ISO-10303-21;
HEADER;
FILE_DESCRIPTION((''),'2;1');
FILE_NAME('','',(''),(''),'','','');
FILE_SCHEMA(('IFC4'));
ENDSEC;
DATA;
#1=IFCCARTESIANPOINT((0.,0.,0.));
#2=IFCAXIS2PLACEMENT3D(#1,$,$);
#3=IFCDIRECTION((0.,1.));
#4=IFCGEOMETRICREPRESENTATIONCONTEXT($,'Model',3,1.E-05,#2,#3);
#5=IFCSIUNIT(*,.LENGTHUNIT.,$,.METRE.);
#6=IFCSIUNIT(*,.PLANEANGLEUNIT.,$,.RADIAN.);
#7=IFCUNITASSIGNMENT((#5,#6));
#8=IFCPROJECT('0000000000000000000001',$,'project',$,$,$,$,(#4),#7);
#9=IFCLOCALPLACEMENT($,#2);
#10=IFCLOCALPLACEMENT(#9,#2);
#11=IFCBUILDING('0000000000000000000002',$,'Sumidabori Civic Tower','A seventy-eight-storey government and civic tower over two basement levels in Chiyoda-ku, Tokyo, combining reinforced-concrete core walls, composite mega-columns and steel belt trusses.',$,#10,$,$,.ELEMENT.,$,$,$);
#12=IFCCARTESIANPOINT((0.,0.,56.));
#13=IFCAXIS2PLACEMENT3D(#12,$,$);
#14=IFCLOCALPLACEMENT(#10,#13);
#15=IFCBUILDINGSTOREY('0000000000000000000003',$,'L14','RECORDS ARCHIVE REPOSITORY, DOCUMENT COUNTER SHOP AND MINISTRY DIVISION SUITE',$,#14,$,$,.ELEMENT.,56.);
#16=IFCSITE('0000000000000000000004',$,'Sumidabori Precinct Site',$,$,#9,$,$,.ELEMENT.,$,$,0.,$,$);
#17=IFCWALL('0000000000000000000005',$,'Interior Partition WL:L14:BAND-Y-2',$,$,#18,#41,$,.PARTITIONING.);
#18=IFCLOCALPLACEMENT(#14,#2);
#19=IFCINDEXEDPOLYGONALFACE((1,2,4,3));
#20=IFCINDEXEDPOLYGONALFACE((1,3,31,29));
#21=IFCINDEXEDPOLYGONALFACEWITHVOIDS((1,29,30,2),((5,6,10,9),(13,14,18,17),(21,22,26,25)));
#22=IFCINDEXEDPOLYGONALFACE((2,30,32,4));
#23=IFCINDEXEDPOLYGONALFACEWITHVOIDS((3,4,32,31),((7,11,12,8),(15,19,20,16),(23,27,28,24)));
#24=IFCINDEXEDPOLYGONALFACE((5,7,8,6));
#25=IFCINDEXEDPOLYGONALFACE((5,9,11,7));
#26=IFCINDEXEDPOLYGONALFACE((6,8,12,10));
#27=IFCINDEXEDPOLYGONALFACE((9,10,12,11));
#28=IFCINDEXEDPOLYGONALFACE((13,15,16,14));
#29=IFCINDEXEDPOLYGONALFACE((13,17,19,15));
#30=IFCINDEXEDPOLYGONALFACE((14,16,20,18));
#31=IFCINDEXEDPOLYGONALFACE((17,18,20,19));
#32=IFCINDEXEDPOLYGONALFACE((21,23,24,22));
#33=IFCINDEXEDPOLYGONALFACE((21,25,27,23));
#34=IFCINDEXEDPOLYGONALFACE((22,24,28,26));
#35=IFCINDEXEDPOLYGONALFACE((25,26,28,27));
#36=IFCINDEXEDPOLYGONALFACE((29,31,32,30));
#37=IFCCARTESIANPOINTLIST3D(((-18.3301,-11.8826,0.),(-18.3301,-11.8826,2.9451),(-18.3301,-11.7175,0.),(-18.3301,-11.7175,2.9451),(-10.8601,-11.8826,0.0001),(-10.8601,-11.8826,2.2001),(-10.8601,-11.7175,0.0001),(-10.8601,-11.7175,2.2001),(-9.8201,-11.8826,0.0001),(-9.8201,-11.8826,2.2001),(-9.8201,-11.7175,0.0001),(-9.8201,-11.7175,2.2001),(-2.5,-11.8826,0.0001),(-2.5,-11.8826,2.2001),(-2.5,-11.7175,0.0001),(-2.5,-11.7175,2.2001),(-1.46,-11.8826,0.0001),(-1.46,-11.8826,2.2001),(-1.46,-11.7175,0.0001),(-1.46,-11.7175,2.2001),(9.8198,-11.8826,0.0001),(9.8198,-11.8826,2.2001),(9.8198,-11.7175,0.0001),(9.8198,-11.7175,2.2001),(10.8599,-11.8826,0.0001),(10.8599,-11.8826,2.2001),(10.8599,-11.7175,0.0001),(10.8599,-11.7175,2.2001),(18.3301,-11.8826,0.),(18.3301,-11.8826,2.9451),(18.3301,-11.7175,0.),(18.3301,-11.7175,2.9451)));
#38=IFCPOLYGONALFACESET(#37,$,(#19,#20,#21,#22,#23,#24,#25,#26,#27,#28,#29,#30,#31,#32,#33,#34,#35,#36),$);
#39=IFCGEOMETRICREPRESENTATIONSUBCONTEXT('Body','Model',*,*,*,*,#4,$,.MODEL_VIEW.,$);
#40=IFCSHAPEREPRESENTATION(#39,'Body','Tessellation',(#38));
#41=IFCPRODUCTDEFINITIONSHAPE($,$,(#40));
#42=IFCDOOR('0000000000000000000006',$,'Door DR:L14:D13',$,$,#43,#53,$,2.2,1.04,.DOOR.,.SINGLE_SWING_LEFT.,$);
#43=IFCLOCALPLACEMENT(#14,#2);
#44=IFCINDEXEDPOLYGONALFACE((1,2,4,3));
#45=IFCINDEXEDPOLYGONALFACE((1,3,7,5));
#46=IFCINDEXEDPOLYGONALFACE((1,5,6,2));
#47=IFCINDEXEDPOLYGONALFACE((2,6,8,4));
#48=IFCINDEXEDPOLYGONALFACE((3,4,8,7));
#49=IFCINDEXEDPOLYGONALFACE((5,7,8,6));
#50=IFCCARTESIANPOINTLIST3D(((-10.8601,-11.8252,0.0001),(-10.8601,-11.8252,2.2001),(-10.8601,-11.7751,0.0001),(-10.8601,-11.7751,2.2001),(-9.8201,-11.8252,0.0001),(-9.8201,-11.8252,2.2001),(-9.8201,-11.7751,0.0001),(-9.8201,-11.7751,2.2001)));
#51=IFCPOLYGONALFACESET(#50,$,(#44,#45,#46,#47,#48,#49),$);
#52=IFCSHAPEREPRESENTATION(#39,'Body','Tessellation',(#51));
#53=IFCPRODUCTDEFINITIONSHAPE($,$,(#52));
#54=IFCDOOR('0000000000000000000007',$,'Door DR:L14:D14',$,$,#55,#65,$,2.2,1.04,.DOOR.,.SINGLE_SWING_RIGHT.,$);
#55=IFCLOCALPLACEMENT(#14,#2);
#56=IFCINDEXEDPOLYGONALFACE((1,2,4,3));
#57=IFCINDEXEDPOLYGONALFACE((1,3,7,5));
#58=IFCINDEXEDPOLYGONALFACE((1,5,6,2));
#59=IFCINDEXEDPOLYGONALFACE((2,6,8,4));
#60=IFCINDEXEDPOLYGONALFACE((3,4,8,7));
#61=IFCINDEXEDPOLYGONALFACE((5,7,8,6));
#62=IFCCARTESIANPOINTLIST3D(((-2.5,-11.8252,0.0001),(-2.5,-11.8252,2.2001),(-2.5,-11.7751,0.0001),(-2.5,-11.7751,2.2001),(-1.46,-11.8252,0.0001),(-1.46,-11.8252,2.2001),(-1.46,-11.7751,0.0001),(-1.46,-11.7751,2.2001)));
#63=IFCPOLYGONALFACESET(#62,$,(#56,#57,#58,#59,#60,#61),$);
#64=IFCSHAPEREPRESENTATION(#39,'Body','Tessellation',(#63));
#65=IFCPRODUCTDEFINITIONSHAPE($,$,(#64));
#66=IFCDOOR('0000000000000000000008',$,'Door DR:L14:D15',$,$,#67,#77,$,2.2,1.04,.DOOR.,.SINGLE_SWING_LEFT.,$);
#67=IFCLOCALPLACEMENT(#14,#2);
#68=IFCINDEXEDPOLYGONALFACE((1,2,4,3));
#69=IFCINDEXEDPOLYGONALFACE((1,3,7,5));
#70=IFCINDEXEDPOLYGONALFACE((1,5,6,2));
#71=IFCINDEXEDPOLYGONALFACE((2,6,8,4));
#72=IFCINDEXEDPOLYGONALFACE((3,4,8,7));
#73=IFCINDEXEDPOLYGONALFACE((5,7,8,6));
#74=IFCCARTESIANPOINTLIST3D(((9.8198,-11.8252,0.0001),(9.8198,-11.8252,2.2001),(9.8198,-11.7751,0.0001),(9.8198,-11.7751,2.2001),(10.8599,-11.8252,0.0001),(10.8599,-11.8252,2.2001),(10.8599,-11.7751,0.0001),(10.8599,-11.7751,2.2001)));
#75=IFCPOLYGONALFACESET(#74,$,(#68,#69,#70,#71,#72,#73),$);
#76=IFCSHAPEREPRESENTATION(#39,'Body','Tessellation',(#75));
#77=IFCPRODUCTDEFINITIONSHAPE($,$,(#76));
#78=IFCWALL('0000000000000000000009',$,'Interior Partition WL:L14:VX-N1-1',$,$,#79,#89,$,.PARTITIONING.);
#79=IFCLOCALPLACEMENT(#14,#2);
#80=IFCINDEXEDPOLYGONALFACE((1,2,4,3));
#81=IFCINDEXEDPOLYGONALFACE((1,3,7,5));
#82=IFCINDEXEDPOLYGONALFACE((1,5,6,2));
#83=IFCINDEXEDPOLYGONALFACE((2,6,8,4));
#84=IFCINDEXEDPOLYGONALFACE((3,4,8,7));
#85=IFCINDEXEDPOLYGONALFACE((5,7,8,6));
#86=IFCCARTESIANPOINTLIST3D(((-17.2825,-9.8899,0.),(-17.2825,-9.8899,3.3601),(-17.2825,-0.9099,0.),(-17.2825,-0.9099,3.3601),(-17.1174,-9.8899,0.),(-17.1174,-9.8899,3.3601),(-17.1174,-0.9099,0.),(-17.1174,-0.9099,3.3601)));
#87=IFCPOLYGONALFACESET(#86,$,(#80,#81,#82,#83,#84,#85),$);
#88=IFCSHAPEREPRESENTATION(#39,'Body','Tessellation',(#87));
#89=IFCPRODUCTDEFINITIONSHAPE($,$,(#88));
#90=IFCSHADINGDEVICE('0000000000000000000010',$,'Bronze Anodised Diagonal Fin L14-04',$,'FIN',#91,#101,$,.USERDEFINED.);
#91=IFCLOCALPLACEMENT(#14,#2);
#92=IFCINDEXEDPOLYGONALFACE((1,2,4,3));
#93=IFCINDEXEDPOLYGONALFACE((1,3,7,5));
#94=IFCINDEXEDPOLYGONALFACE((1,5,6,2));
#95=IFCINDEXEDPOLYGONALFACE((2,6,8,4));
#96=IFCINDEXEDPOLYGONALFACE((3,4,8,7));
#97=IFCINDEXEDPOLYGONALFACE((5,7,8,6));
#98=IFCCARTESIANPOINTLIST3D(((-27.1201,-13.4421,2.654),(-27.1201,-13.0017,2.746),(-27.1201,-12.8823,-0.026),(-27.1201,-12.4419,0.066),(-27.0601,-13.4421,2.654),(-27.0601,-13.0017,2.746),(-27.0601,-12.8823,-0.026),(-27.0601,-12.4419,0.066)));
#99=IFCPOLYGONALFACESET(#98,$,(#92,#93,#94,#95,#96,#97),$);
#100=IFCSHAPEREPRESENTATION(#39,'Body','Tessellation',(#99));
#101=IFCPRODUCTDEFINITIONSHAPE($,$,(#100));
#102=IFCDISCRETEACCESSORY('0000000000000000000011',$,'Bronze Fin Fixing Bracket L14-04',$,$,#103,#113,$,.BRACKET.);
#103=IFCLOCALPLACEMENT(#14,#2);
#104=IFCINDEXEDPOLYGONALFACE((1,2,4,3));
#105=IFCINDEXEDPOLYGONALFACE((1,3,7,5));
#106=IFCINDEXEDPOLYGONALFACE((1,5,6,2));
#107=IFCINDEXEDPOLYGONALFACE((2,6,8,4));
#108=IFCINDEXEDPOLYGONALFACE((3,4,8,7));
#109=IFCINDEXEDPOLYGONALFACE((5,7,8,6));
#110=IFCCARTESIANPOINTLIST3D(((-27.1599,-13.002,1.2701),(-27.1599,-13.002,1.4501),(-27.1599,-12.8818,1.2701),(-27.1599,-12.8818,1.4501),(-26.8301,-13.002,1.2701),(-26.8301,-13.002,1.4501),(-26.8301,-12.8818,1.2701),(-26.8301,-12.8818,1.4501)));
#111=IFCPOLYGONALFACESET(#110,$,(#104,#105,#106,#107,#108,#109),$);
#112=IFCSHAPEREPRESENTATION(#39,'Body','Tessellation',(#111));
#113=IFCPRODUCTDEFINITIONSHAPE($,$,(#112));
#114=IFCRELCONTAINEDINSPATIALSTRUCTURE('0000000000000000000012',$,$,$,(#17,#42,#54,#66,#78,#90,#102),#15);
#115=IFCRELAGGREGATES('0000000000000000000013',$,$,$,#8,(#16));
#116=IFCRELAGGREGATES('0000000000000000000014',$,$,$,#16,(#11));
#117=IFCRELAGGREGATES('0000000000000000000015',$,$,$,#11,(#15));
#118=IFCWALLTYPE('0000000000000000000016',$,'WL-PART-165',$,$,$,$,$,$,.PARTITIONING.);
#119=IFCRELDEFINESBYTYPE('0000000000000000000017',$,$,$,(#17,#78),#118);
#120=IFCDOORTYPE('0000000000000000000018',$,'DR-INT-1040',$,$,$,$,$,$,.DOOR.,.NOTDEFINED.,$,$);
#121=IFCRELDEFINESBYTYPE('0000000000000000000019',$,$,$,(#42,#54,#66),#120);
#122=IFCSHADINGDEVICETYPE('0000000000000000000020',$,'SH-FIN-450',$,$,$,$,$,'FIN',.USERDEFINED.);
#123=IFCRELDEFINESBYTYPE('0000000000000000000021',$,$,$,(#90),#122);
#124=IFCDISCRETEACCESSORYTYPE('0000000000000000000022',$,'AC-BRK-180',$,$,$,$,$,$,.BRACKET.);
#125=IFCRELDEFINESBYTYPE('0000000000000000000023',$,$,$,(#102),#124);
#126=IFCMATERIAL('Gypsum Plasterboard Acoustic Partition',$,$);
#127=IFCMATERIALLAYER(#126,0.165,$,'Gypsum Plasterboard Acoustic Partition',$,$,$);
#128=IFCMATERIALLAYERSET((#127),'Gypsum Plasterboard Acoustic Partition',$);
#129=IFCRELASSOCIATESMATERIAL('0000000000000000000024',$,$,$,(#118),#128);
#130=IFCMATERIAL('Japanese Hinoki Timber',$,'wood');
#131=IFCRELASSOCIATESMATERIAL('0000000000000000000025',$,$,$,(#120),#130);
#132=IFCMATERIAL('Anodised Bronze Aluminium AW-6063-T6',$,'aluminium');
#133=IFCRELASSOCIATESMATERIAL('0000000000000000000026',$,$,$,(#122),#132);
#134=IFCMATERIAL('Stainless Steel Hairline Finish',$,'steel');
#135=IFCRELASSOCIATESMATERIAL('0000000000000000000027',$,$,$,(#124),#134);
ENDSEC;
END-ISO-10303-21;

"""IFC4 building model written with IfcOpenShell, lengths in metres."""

from ifc_helpers import new_model, si_unit, direction, frame, frame_2d, origin, origin_2d, place, context, subcontext, project, spatial, rectangle, extrude, source, transform, mapped, material, layer, layer_set, material_profile, profile_set, type_object, element, fill, save


model = new_model("IFC4")

# Units and contexts
model_context = context("Model", 3, precision=1e-05, world=origin(), true_north=direction((0.0, 1.0)))
body_context = subcontext(model_context, "Body", "Model", "MODEL_VIEW")
ifc_project = project(units=[si_unit("LENGTHUNIT", "METRE"), si_unit("PLANEANGLEUNIT", "RADIAN")], contexts=[model_context])

# Site, building, storey
site_placement = place(None, origin())
site = spatial("IfcSite", under=ifc_project, at=site_placement, Name="Sumidabori Precinct Site", CompositionType="ELEMENT", RefElevation=0.0)
building_placement = place(site_placement, origin())
building = spatial("IfcBuilding", under=site, at=building_placement, Name="Sumidabori Civic Tower", Description="A seventy-eight-storey government and civic tower over two basement levels in Chiyoda-ku, Tokyo, combining reinforced-concrete core walls, composite mega-columns and steel belt trusses.", CompositionType="ELEMENT")
storey_placement = place(building_placement, frame((0.0, 0.0, 56.0)))
storey = spatial("IfcBuildingStorey", under=building, at=storey_placement, Name="L14", Description="RECORDS ARCHIVE REPOSITORY, DOCUMENT COUNTER SHOP AND MINISTRY DIVISION SUITE", CompositionType="ELEMENT", Elevation=56.0)

# Shared definitions
ifc_material_1 = material(Name="Anodised Bronze Aluminium AW-6063-T6", Category="aluminium")

# Shared definitions
ifc_material_2 = material(Name="Gypsum Plasterboard Acoustic Partition")
ifc_layer_1 = layer(ifc_material_2, 0.165, Name="Gypsum Plasterboard Acoustic Partition")
ifc_layer_set_1 = layer_set([ifc_layer_1], Name="Gypsum Plasterboard Acoustic Partition")
wall_type = type_object("IfcWallType", Name="WL-PART-165", PredefinedType="PARTITIONING", material=ifc_layer_set_1)

# Wall, openings, doors
shared_shape_1 = source(origin(), body_context, "Body", "SweptSolid", [
    extrude(rectangle(XDim=36.6602, YDim=0.165, at=frame_2d((18.3301, 0.0))), origin(), (0.0, 0.0, 1.0), 2.9451),
])
wall_1_placement = place(storey_placement, frame((-18.3301, -11.8, 0.0), z_axis=(0.0, 0.0, 1.0), x_axis=(1.0, 0.0, 0.0)))
wall_1 = element("IfcWall", 1, at=wall_1_placement, inside=storey, type_object=wall_type, Name="Interior Partition WL:L14:BAND-Y-2", PredefinedType="PARTITIONING", context=body_context, shape_type="MappedRepresentation", body=[
    mapped(shared_shape_1, transform((0.0, 0.0, 0.0), x_axis=(1.0, 0.0, 0.0), y_axis=(0.0, 1.0, 0.0), z_axis=(0.0, 0.0, 1.0), scale=1.0)),
])
opening_1_placement = place(wall_1_placement, frame((7.47, 0.0, 0.0)))
opening_1 = element("IfcOpeningElement", 2, at=opening_1_placement, cuts=wall_1, PredefinedType="OPENING", context=body_context, shape_type="SweptSolid", body=[
    extrude(rectangle(XDim=1.04, YDim=2.2, at=frame_2d((0.52, 1.1001))), frame((0.0, 0.0945, 0.0), z_axis=(0.0, -1.0, 0.0), x_axis=(1.0, 0.0, 0.0)), (0.0, 0.0, 1.0), 0.189),
])
opening_2_placement = place(wall_1_placement, frame((15.8301, 0.0, 0.0)))
opening_2 = element("IfcOpeningElement", 3, at=opening_2_placement, cuts=wall_1, PredefinedType="OPENING", context=body_context, shape_type="SweptSolid", body=[
    extrude(rectangle(XDim=1.04, YDim=2.2, at=frame_2d((0.52, 1.1001))), frame((0.0, 0.0945, 0.0), z_axis=(0.0, -1.0, 0.0), x_axis=(1.0, 0.0, 0.0)), (0.0, 0.0, 1.0), 0.189),
])
opening_3_placement = place(wall_1_placement, frame((28.1499, 0.0, 0.0)))
opening_3 = element("IfcOpeningElement", 4, at=opening_3_placement, cuts=wall_1, PredefinedType="OPENING", context=body_context, shape_type="SweptSolid", body=[
    extrude(rectangle(XDim=1.04, YDim=2.2, at=frame_2d((0.52, 1.1001))), frame((0.0, 0.0945, 0.0), z_axis=(0.0, -1.0, 0.0), x_axis=(1.0, 0.0, 0.0)), (0.0, 0.0, 1.0), 0.189),
])
ifc_material_3 = material(Name="Japanese Hinoki Timber", Category="wood")
door_type = type_object("IfcDoorType", Name="DR-INT-1040", OperationType="NOTDEFINED", PredefinedType="DOOR", material=ifc_material_3)
shared_shape_2 = source(origin(), body_context, "Body", "SweptSolid", [
    extrude(rectangle(XDim=1.04, YDim=2.2, at=frame_2d((0.52, 1.1001))), frame((0.0, 0.0249, 0.0), z_axis=(0.0, -1.0, 0.0), x_axis=(1.0, 0.0, 0.0)), (0.0, 0.0, 1.0), 0.05),
])
door_1_placement = place(opening_1_placement, origin())
door_1 = element("IfcDoor", 5, at=door_1_placement, inside=storey, type_object=door_type, Name="Door DR:L14:D13", OperationType="SINGLE_SWING_LEFT", OverallHeight=2.2, OverallWidth=1.04, PredefinedType="DOOR", context=body_context, shape_type="MappedRepresentation", body=[
    mapped(shared_shape_2, transform((0.0, 0.0, 0.0), x_axis=(1.0, 0.0, 0.0), y_axis=(0.0, 1.0, 0.0), z_axis=(0.0, 0.0, 1.0), scale=1.0)),
])
fill(opening_1, door_1)
door_2_placement = place(opening_2_placement, origin())
door_2 = element("IfcDoor", 6, at=door_2_placement, inside=storey, type_object=door_type, Name="Door DR:L14:D14", OperationType="SINGLE_SWING_RIGHT", OverallHeight=2.2, OverallWidth=1.04, PredefinedType="DOOR", context=body_context, shape_type="MappedRepresentation", body=[
    mapped(shared_shape_2, transform((0.0, 0.0, 0.0), x_axis=(1.0, 0.0, 0.0), y_axis=(0.0, 1.0, 0.0), z_axis=(0.0, 0.0, 1.0), scale=1.0)),
])
fill(opening_2, door_2)
door_3_placement = place(opening_3_placement, origin())
door_3 = element("IfcDoor", 7, at=door_3_placement, inside=storey, type_object=door_type, Name="Door DR:L14:D15", OperationType="SINGLE_SWING_LEFT", OverallHeight=2.2, OverallWidth=1.04, PredefinedType="DOOR", context=body_context, shape_type="MappedRepresentation", body=[
    mapped(shared_shape_2, transform((0.0, 0.0, 0.0), x_axis=(1.0, 0.0, 0.0), y_axis=(0.0, 1.0, 0.0), z_axis=(0.0, 0.0, 1.0), scale=1.0)),
])
fill(opening_3, door_3)

# Wall
shared_shape_3 = source(origin(), body_context, "Body", "SweptSolid", [
    extrude(rectangle(XDim=8.98, YDim=0.165, at=frame_2d((4.49, 0.0))), origin(), (0.0, 0.0, 1.0), 3.3601),
])
wall_2_placement = place(storey_placement, frame((-17.2, -9.8899, 0.0), z_axis=(0.0, 0.0, 1.0), x_axis=(0.0, 1.0, 0.0)))
element("IfcWall", 8, at=wall_2_placement, inside=storey, type_object=wall_type, Name="Interior Partition WL:L14:VX-N1-1", PredefinedType="PARTITIONING", context=body_context, shape_type="MappedRepresentation", body=[
    mapped(shared_shape_3, transform((0.0, 0.0, 0.0), x_axis=(1.0, 0.0, 0.0), y_axis=(0.0, 1.0, 0.0), z_axis=(0.0, 0.0, 1.0), scale=1.0)),
])

# Shading device
ifc_material_profile_1 = material_profile(ifc_material_1, rectangle(XDim=0.0601, YDim=0.45, at=origin_2d()), Name="BRONZE FIN 450x60")
ifc_profile_set_1 = profile_set([ifc_material_profile_1], Name="Anodised Bronze Aluminium AW-6063-T6")
shading_device_type = type_object("IfcShadingDeviceType", Name="SH-FIN-450", ElementType="FIN", PredefinedType="USERDEFINED", material=ifc_profile_set_1)
shared_shape_4 = source(origin(), body_context, "Body", "SweptSolid", [
    extrude(rectangle(XDim=0.0601, YDim=0.45, at=origin_2d()), origin(), (0.0, 0.0, 1.0), 2.7378),
])
shading_device_placement = place(storey_placement, frame((-27.0901, -12.6621, 0.02), z_axis=(0.0, -0.204478, 0.978871), x_axis=(-1.0, 0.0, 0.0)))
element("IfcShadingDevice", 9, at=shading_device_placement, inside=storey, type_object=shading_device_type, Name="Bronze Anodised Diagonal Fin L14-04", ObjectType="FIN", PredefinedType="USERDEFINED", context=body_context, shape_type="MappedRepresentation", body=[
    mapped(shared_shape_4, transform((0.0, 0.0, 0.0), x_axis=(1.0, 0.0, 0.0), y_axis=(0.0, 1.0, 0.0), z_axis=(0.0, 0.0, 1.0), scale=1.0)),
])

# Discrete accessory
ifc_material_4 = material(Name="Stainless Steel Hairline Finish", Category="steel")
ifc_material_profile_2 = material_profile(ifc_material_4, rectangle(XDim=0.1201, YDim=0.1799, at=origin_2d()), Name="STEEL BRACKET 180x120")
ifc_profile_set_2 = profile_set([ifc_material_profile_2], Name="Stainless Steel Hairline Finish")
discrete_accessory_type = type_object("IfcDiscreteAccessoryType", Name="AC-BRK-180", PredefinedType="BRACKET", material=ifc_profile_set_2)
shared_shape_5 = source(origin(), body_context, "Body", "SweptSolid", [
    extrude(rectangle(XDim=0.1201, YDim=0.1799, at=origin_2d()), origin(), (0.0, 0.0, 1.0), 0.3298),
])
discrete_accessory_placement = place(storey_placement, frame((-26.8301, -12.9419, 1.3601), z_axis=(-1.0, 0.0, 0.0), x_axis=(0.0, -1.0, 0.0)))
element("IfcDiscreteAccessory", 10, at=discrete_accessory_placement, inside=storey, type_object=discrete_accessory_type, Name="Bronze Fin Fixing Bracket L14-04", PredefinedType="BRACKET", context=body_context, shape_type="MappedRepresentation", body=[
    mapped(shared_shape_5, transform((0.0, 0.0, 0.0), x_axis=(1.0, 0.0, 0.0), y_axis=(0.0, 1.0, 0.0), z_axis=(0.0, 0.0, 1.0), scale=1.0)),
])

save(model, "model.ifc")
